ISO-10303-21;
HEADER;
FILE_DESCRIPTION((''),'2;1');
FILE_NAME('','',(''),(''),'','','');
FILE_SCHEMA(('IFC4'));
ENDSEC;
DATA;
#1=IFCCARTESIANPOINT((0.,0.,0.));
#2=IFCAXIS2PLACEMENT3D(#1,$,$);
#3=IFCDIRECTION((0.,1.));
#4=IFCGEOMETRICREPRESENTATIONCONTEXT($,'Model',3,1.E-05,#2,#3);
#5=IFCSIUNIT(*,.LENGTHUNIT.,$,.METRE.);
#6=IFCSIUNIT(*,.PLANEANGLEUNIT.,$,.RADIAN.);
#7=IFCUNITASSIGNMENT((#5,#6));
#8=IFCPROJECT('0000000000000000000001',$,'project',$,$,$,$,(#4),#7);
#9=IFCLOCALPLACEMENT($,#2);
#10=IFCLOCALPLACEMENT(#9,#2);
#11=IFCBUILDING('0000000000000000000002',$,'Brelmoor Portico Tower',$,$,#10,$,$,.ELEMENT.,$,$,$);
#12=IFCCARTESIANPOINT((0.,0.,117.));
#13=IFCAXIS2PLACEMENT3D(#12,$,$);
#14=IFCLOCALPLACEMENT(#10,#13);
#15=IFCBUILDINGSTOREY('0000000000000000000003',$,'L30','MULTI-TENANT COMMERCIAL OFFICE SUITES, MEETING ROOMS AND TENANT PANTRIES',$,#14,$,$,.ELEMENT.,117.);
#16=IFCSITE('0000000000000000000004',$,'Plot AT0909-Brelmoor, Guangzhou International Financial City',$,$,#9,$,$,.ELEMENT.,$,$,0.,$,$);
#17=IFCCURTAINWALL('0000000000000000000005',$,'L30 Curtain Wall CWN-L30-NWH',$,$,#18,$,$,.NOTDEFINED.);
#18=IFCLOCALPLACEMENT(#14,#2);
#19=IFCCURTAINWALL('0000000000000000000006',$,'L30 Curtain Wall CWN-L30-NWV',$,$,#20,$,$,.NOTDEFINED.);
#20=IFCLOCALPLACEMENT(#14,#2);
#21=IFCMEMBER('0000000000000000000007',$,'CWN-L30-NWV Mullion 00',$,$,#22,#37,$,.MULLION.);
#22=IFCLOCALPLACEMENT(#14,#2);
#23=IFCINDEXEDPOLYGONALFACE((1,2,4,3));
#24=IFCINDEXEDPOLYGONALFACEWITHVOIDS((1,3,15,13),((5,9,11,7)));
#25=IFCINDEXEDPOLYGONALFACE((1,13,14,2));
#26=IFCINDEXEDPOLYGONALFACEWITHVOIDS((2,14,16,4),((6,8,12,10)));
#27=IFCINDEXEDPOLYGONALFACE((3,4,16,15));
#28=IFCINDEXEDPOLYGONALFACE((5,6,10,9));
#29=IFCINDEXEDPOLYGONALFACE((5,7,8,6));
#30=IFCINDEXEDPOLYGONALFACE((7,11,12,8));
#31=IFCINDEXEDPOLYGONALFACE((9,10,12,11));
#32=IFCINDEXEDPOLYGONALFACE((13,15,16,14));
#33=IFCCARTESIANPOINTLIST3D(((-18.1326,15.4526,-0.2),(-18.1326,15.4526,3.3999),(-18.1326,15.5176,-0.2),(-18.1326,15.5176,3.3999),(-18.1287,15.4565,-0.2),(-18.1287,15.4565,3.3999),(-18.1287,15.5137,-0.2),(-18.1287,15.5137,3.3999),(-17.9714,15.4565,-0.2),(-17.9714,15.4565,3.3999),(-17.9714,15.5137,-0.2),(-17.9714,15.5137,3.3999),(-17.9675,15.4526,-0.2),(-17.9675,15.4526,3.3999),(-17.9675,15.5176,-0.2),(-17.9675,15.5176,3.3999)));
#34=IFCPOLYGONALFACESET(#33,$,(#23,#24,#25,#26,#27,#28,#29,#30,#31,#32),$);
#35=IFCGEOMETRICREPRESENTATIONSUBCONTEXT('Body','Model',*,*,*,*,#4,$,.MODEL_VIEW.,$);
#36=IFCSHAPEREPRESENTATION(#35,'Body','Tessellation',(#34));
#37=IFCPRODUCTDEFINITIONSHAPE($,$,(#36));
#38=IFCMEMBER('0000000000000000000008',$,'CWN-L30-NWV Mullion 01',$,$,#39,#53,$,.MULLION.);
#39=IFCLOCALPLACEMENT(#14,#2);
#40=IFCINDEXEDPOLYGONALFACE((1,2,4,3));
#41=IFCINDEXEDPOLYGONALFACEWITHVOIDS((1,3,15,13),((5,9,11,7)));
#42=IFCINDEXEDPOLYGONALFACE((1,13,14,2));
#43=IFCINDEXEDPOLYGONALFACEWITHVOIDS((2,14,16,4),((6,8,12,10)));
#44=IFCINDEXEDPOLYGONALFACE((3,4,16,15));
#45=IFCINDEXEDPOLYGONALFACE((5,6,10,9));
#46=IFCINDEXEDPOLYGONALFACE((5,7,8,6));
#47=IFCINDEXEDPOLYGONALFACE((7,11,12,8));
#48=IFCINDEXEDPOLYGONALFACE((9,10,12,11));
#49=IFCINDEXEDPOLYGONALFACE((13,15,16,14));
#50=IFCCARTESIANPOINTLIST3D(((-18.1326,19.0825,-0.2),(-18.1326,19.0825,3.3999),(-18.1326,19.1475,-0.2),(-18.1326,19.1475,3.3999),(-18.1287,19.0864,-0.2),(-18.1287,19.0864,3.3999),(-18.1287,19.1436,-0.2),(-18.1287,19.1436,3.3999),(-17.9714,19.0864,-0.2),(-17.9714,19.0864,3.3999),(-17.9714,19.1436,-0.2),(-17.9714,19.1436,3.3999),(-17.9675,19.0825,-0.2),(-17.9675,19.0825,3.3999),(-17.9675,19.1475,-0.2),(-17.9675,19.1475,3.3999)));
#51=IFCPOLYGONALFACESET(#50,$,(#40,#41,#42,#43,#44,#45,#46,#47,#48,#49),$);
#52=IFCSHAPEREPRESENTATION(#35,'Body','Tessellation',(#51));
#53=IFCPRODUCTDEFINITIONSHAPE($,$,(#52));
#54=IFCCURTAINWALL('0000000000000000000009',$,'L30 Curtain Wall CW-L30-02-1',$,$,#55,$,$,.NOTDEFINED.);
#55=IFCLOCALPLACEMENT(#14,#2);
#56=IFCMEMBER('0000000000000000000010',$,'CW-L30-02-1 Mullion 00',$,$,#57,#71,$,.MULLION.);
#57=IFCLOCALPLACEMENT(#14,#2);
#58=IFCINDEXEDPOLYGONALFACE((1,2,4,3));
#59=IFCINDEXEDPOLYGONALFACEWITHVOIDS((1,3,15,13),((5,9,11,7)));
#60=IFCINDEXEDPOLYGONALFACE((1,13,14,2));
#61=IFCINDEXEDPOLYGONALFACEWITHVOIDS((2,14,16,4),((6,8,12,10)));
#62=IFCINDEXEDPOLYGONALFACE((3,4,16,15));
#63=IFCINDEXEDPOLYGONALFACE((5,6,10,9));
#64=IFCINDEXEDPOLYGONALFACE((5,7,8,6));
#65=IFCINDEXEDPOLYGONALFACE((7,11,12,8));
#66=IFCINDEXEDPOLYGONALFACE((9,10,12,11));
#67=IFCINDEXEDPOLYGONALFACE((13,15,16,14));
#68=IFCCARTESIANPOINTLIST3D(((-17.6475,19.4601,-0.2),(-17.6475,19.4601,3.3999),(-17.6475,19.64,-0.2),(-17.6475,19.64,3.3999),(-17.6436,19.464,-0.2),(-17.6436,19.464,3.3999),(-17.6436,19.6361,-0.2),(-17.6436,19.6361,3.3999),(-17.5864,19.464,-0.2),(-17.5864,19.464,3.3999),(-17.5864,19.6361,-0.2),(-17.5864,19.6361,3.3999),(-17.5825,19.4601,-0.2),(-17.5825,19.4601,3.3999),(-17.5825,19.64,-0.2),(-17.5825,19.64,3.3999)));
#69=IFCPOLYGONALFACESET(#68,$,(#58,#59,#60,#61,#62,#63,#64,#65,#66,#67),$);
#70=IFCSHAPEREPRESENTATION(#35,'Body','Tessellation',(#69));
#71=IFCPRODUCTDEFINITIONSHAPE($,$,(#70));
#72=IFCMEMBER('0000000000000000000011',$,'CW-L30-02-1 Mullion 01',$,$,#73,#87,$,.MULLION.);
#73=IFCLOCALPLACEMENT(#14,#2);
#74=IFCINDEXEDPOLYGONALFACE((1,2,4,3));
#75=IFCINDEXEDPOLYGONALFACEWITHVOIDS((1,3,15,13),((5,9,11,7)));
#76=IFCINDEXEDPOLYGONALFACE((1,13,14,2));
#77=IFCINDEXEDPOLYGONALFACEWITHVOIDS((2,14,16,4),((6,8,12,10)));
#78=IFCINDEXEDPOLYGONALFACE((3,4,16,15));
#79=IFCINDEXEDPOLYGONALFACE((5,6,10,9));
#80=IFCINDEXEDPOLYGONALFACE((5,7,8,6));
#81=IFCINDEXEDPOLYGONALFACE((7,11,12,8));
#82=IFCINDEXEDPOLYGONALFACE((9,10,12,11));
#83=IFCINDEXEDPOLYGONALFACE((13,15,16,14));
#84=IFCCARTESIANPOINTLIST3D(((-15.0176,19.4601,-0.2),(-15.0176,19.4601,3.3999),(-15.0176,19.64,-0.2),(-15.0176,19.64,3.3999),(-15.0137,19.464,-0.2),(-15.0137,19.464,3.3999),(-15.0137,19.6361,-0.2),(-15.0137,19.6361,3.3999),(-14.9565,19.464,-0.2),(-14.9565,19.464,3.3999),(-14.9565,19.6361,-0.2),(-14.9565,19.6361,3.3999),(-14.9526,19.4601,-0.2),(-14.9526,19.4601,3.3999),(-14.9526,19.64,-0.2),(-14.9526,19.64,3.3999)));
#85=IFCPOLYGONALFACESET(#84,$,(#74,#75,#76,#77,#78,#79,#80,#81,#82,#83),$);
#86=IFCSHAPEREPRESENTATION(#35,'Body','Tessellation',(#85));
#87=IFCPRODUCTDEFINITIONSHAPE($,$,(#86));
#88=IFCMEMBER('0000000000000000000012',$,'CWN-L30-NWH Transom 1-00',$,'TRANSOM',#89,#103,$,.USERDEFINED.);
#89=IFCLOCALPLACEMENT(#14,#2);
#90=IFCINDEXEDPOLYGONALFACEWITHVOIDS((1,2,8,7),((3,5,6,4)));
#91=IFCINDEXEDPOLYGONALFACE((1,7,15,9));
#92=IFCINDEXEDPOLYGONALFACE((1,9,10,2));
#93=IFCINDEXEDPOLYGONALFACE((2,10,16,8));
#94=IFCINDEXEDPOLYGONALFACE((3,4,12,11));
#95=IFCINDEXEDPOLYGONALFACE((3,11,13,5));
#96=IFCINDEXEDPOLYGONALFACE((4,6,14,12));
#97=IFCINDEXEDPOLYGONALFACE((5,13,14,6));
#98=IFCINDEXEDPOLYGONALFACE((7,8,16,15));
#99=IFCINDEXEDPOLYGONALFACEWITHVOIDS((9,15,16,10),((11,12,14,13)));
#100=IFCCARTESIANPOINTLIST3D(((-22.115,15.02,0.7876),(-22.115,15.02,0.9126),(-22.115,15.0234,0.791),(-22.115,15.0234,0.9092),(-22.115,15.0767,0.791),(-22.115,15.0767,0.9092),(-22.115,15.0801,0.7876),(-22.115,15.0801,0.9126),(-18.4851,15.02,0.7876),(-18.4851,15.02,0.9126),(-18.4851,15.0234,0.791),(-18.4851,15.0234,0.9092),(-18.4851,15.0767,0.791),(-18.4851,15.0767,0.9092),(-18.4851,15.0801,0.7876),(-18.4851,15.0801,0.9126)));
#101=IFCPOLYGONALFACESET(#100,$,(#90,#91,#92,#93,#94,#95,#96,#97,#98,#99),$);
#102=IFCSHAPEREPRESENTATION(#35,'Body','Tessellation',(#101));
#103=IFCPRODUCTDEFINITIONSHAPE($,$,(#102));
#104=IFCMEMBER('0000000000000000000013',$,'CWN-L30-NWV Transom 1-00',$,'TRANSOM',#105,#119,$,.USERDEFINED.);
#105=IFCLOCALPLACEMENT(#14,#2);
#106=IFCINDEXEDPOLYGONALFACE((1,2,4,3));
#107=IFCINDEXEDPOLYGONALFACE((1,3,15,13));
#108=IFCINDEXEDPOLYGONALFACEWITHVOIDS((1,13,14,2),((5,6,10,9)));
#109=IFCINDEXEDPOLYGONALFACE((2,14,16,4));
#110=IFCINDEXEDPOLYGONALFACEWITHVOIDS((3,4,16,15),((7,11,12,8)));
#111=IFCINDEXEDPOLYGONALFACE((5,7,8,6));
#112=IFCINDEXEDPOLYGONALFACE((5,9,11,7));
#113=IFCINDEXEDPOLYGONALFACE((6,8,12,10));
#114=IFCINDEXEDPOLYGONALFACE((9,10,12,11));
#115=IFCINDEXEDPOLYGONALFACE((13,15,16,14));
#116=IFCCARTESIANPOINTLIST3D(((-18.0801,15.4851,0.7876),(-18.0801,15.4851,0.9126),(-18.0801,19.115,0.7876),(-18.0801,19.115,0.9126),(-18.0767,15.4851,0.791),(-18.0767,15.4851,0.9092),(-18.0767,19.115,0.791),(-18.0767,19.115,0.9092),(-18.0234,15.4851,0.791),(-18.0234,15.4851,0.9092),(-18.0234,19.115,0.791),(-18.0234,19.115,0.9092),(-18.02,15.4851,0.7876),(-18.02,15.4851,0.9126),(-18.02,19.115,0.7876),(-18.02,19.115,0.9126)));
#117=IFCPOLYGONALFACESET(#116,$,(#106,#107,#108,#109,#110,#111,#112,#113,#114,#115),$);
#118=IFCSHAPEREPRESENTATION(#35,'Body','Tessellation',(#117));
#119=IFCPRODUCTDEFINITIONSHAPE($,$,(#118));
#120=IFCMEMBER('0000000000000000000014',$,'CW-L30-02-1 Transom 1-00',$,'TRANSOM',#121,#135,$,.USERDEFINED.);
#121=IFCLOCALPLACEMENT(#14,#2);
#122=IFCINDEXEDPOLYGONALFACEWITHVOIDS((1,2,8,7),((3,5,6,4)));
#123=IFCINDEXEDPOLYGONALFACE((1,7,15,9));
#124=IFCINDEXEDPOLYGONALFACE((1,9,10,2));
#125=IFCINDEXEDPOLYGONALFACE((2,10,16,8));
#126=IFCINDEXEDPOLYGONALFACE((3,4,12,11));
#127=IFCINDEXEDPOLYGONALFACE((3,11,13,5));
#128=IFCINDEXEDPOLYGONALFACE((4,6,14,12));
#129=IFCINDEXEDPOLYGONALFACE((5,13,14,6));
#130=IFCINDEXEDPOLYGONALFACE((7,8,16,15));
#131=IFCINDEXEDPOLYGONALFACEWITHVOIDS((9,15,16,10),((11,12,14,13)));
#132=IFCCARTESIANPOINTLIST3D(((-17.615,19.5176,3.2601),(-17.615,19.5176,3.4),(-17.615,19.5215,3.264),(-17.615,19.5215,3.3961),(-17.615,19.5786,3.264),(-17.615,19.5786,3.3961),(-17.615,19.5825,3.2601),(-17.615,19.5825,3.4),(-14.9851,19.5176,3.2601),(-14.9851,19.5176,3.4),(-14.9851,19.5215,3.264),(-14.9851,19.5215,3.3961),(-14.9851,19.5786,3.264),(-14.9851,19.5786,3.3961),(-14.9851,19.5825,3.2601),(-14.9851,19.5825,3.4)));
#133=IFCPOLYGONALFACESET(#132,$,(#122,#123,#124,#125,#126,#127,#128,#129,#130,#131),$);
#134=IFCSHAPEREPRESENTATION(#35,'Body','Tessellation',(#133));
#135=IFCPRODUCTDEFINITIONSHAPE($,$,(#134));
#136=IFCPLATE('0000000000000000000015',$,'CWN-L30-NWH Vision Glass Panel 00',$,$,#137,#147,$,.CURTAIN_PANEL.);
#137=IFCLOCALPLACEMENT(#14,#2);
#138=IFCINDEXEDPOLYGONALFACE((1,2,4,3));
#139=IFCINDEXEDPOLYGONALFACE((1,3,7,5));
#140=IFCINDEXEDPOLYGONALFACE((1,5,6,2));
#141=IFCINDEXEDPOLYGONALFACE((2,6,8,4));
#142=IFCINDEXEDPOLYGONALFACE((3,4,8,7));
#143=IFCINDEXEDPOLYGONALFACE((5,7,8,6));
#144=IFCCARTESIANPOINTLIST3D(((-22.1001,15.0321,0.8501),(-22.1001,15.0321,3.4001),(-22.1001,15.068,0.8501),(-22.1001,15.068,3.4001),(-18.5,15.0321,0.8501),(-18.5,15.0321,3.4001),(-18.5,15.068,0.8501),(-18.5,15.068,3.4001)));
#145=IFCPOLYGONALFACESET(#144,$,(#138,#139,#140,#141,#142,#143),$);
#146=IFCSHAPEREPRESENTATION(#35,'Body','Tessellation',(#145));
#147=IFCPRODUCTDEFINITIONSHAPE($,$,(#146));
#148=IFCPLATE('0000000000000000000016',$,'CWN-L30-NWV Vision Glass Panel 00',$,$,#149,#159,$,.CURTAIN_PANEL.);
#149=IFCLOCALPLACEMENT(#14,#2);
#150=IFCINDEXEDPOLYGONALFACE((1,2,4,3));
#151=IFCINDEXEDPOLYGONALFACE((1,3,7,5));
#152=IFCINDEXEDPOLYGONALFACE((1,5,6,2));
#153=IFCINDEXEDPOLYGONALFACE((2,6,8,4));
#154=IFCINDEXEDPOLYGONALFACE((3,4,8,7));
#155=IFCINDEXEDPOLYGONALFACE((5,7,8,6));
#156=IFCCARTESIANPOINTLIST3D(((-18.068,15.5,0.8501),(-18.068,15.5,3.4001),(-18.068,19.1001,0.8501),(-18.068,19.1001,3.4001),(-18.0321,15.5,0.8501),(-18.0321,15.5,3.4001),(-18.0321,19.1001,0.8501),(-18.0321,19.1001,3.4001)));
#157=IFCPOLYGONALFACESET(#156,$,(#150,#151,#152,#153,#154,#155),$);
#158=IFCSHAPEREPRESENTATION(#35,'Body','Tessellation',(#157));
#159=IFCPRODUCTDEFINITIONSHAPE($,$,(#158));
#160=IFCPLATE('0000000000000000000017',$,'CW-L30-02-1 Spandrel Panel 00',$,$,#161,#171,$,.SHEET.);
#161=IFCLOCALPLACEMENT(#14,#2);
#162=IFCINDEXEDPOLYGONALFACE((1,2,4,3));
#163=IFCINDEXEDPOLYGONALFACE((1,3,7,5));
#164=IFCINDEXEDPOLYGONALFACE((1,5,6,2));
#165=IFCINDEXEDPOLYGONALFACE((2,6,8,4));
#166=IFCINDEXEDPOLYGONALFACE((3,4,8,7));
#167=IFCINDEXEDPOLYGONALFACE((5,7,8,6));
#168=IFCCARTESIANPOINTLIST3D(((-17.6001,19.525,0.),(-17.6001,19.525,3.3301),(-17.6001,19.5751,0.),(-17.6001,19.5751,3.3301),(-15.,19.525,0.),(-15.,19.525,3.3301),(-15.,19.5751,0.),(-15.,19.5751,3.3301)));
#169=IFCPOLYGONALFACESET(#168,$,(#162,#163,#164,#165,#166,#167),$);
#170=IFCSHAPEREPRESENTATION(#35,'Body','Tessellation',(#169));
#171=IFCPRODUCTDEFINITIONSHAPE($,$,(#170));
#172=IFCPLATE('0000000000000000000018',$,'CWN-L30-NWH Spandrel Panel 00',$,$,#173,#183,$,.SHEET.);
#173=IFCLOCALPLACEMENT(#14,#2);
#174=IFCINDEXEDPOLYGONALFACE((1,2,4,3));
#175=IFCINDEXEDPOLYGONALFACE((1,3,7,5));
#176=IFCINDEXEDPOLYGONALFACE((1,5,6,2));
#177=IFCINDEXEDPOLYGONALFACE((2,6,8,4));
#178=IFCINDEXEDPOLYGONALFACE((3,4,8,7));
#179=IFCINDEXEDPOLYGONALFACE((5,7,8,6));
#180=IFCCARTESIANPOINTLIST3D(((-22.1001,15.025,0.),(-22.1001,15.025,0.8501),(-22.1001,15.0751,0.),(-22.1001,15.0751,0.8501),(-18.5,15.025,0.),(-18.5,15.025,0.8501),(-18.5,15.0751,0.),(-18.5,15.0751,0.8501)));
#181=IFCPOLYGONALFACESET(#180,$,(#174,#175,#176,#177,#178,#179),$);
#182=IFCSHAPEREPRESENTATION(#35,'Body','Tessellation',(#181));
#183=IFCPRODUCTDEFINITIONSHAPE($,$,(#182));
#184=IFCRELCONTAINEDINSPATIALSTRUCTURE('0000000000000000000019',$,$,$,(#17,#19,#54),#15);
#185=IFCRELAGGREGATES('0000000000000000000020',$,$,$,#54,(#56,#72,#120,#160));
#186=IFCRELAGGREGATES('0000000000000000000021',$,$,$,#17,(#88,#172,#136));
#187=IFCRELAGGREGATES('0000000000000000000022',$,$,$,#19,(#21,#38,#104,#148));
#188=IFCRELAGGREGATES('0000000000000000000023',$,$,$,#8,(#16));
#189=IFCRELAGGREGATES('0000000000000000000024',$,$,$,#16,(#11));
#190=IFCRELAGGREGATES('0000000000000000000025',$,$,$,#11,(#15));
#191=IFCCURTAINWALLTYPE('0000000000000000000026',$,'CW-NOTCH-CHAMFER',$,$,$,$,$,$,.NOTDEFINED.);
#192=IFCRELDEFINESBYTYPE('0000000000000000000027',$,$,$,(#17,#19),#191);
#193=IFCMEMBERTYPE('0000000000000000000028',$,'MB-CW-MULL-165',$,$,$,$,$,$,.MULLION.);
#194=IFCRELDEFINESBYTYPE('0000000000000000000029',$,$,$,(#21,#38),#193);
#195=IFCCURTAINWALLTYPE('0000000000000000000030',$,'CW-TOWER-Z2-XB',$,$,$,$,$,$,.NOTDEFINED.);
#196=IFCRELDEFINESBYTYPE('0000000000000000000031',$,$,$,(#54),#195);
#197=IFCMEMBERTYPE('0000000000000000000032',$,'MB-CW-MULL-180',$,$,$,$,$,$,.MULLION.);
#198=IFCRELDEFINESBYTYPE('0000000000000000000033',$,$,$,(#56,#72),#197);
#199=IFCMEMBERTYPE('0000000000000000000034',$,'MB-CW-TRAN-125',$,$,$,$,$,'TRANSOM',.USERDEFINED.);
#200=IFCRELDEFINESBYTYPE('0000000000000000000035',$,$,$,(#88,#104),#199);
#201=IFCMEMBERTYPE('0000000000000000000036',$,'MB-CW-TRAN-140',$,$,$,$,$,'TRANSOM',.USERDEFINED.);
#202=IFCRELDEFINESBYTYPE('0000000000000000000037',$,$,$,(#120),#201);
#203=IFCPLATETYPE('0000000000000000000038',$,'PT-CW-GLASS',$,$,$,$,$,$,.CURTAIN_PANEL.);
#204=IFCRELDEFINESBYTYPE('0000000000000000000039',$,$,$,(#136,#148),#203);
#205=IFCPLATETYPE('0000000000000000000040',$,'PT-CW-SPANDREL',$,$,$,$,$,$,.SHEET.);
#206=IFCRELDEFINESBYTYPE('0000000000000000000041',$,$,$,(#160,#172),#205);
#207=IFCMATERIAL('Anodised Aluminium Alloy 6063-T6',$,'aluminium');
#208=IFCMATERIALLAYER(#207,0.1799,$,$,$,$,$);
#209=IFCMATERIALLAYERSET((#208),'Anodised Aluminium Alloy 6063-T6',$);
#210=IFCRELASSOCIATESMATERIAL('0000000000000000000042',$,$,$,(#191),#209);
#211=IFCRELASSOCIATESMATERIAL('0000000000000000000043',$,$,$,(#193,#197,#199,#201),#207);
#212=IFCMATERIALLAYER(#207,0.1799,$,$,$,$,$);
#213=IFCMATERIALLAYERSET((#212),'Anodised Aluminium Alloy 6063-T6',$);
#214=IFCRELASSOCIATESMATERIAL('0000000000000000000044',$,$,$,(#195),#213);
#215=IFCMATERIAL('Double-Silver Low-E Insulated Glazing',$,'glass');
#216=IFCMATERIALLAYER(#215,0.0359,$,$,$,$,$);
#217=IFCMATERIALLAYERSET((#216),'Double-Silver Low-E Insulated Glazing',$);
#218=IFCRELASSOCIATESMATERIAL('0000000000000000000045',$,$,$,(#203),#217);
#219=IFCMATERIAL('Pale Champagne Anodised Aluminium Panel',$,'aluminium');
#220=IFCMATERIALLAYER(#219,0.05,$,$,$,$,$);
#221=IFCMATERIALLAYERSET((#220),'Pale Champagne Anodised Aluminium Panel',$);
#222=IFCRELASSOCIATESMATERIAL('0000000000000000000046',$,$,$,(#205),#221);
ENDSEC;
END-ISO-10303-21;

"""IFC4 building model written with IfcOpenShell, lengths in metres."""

from ifc_helpers import new_model, si_unit, direction, frame, origin, origin_2d, place, context, subcontext, project, spatial, rectangle, hollow_rectangle, extrude, material, layer, layer_set, material_profile, profile_set, type_object, element, aggregate, save


model = new_model("IFC4")

# Units and contexts
model_context = context("Model", 3, precision=1e-05, world=origin(), true_north=direction((0.0, 1.0)))
body_context = subcontext(model_context, "Body", "Model", "MODEL_VIEW")
ifc_project = project(units=[si_unit("LENGTHUNIT", "METRE"), si_unit("PLANEANGLEUNIT", "RADIAN")], contexts=[model_context])

# Site, building, storey
site_placement = place(None, origin())
site = spatial("IfcSite", under=ifc_project, at=site_placement, Name="Plot AT0909-Brelmoor, Guangzhou International Financial City", CompositionType="ELEMENT", RefElevation=0.0)
building_placement = place(site_placement, origin())
building = spatial("IfcBuilding", under=site, at=building_placement, Name="Brelmoor Portico Tower", CompositionType="ELEMENT")
storey_placement = place(building_placement, frame((0.0, 0.0, 117.0)))
storey = spatial("IfcBuildingStorey", under=building, at=storey_placement, Name="L30", Description="MULTI-TENANT COMMERCIAL OFFICE SUITES, MEETING ROOMS AND TENANT PANTRIES", CompositionType="ELEMENT", Elevation=117.0)

# Curtain walls, members
ifc_material_1 = material(Name="Anodised Aluminium Alloy 6063-T6", Category="aluminium")
ifc_layer_1 = layer(ifc_material_1, 0.1799)
ifc_layer_set_1 = layer_set([ifc_layer_1], Name="Anodised Aluminium Alloy 6063-T6")
curtain_wall_type_1 = type_object("IfcCurtainWallType", Name="CW-NOTCH-CHAMFER", PredefinedType="NOTDEFINED", material=ifc_layer_set_1)
curtain_wall_1_placement = place(storey_placement, origin())
curtain_wall_1 = element("IfcCurtainWall", 1, at=curtain_wall_1_placement, inside=storey, type_object=curtain_wall_type_1, Name="L30 Curtain Wall CWN-L30-NWH", PredefinedType="NOTDEFINED")
ifc_material_profile_1 = material_profile(ifc_material_1, hollow_rectangle(XDim=0.0649, YDim=0.165, WallThickness=0.0039, at=origin_2d()), Name="ALU MULLION 65x165")
ifc_profile_set_1 = profile_set([ifc_material_profile_1], Name="Anodised Aluminium Alloy 6063-T6")
member_type_1 = type_object("IfcMemberType", Name="MB-CW-MULL-165", PredefinedType="MULLION", material=ifc_profile_set_1)
curtain_wall_2_placement = place(storey_placement, origin())
curtain_wall_2 = element("IfcCurtainWall", 2, at=curtain_wall_2_placement, inside=storey, type_object=curtain_wall_type_1, Name="L30 Curtain Wall CWN-L30-NWV", PredefinedType="NOTDEFINED")
member_1_placement = place(storey_placement, frame((-18.05, 15.4851, -0.2), z_axis=(0.0, 0.0, 1.0), x_axis=(0.0, 1.0, 0.0)))
member_1 = element("IfcMember", 3, at=member_1_placement, type_object=member_type_1, Name="CWN-L30-NWV Mullion 00", PredefinedType="MULLION", context=body_context, shape_type="SweptSolid", body=[
    extrude(hollow_rectangle(XDim=0.0649, YDim=0.165, WallThickness=0.0039, at=origin_2d()), origin(), (0.0, 0.0, 1.0), 3.5999),
])
member_2_placement = place(storey_placement, frame((-18.05, 19.115, -0.2), z_axis=(0.0, 0.0, 1.0), x_axis=(0.0, 1.0, 0.0)))
member_2 = element("IfcMember", 4, at=member_2_placement, type_object=member_type_1, Name="CWN-L30-NWV Mullion 01", PredefinedType="MULLION", context=body_context, shape_type="SweptSolid", body=[
    extrude(hollow_rectangle(XDim=0.0649, YDim=0.165, WallThickness=0.0039, at=origin_2d()), origin(), (0.0, 0.0, 1.0), 3.5999),
])
ifc_layer_2 = layer(ifc_material_1, 0.1799)
ifc_layer_set_2 = layer_set([ifc_layer_2], Name="Anodised Aluminium Alloy 6063-T6")
curtain_wall_type_2 = type_object("IfcCurtainWallType", Name="CW-TOWER-Z2-XB", PredefinedType="NOTDEFINED", material=ifc_layer_set_2)
curtain_wall_3_placement = place(storey_placement, origin())
curtain_wall_3 = element("IfcCurtainWall", 5, at=curtain_wall_3_placement, inside=storey, type_object=curtain_wall_type_2, Name="L30 Curtain Wall CW-L30-02-1", PredefinedType="NOTDEFINED")
ifc_material_profile_2 = material_profile(ifc_material_1, hollow_rectangle(XDim=0.0649, YDim=0.1799, WallThickness=0.0039, at=origin_2d()), Name="ALU MULLION 65x180")
ifc_profile_set_2 = profile_set([ifc_material_profile_2], Name="Anodised Aluminium Alloy 6063-T6")
member_type_2 = type_object("IfcMemberType", Name="MB-CW-MULL-180", PredefinedType="MULLION", material=ifc_profile_set_2)
member_3_placement = place(storey_placement, frame((-17.615, 19.55, -0.2), z_axis=(0.0, 0.0, 1.0), x_axis=(1.0, 0.0, 0.0)))
member_3 = element("IfcMember", 6, at=member_3_placement, type_object=member_type_2, Name="CW-L30-02-1 Mullion 00", PredefinedType="MULLION", context=body_context, shape_type="SweptSolid", body=[
    extrude(hollow_rectangle(XDim=0.0649, YDim=0.1799, WallThickness=0.0039, at=origin_2d()), origin(), (0.0, 0.0, 1.0), 3.5999),
])
member_4_placement = place(storey_placement, frame((-14.9851, 19.55, -0.2), z_axis=(0.0, 0.0, 1.0), x_axis=(1.0, 0.0, 0.0)))
member_4 = element("IfcMember", 7, at=member_4_placement, type_object=member_type_2, Name="CW-L30-02-1 Mullion 01", PredefinedType="MULLION", context=body_context, shape_type="SweptSolid", body=[
    extrude(hollow_rectangle(XDim=0.0649, YDim=0.1799, WallThickness=0.0039, at=origin_2d()), origin(), (0.0, 0.0, 1.0), 3.5999),
])

# Members
ifc_material_profile_3 = material_profile(ifc_material_1, hollow_rectangle(XDim=0.0601, YDim=0.125, WallThickness=0.0034, at=origin_2d()), Name="ALU TRANSOM 60x125")
ifc_profile_set_3 = profile_set([ifc_material_profile_3], Name="Anodised Aluminium Alloy 6063-T6")
member_type_3 = type_object("IfcMemberType", Name="MB-CW-TRAN-125", ElementType="TRANSOM", PredefinedType="USERDEFINED", material=ifc_profile_set_3)
member_5_placement = place(storey_placement, frame((-22.115, 15.05, 0.8501), z_axis=(1.0, 0.0, 0.0), x_axis=(0.0, 1.0, 0.0)))
member_5 = element("IfcMember", 8, at=member_5_placement, type_object=member_type_3, Name="CWN-L30-NWH Transom 1-00", ObjectType="TRANSOM", PredefinedType="USERDEFINED", context=body_context, shape_type="SweptSolid", body=[
    extrude(hollow_rectangle(XDim=0.0601, YDim=0.125, WallThickness=0.0034, at=origin_2d()), origin(), (0.0, 0.0, 1.0), 3.6299),
])
member_6_placement = place(storey_placement, frame((-18.05, 15.4851, 0.8501), z_axis=(0.0, 1.0, 0.0), x_axis=(-1.0, 0.0, 0.0)))
member_6 = element("IfcMember", 9, at=member_6_placement, type_object=member_type_3, Name="CWN-L30-NWV Transom 1-00", ObjectType="TRANSOM", PredefinedType="USERDEFINED", context=body_context, shape_type="SweptSolid", body=[
    extrude(hollow_rectangle(XDim=0.0601, YDim=0.125, WallThickness=0.0034, at=origin_2d()), origin(), (0.0, 0.0, 1.0), 3.6299),
])
ifc_material_profile_4 = material_profile(ifc_material_1, hollow_rectangle(XDim=0.0649, YDim=0.1399, WallThickness=0.0039, at=origin_2d()), Name="ALU TRANSOM 65x140")
ifc_profile_set_4 = profile_set([ifc_material_profile_4], Name="Anodised Aluminium Alloy 6063-T6")
member_type_4 = type_object("IfcMemberType", Name="MB-CW-TRAN-140", ElementType="TRANSOM", PredefinedType="USERDEFINED", material=ifc_profile_set_4)
member_7_placement = place(storey_placement, frame((-17.615, 19.55, 3.3301), z_axis=(1.0, 0.0, 0.0), x_axis=(0.0, 1.0, 0.0)))
member_7 = element("IfcMember", 10, at=member_7_placement, type_object=member_type_4, Name="CW-L30-02-1 Transom 1-00", ObjectType="TRANSOM", PredefinedType="USERDEFINED", context=body_context, shape_type="SweptSolid", body=[
    extrude(hollow_rectangle(XDim=0.0649, YDim=0.1399, WallThickness=0.0039, at=origin_2d()), origin(), (0.0, 0.0, 1.0), 2.6299),
])

# Plates
ifc_material_2 = material(Name="Double-Silver Low-E Insulated Glazing", Category="glass")
ifc_layer_3 = layer(ifc_material_2, 0.0359)
ifc_layer_set_3 = layer_set([ifc_layer_3], Name="Double-Silver Low-E Insulated Glazing")
plate_type_1 = type_object("IfcPlateType", Name="PT-CW-GLASS", PredefinedType="CURTAIN_PANEL", material=ifc_layer_set_3)
plate_1_placement = place(storey_placement, frame((-20.3, 15.05, 0.8501), z_axis=(0.0, 0.0, 1.0), x_axis=(1.0, 0.0, 0.0)))
plate_1 = element("IfcPlate", 11, at=plate_1_placement, type_object=plate_type_1, Name="CWN-L30-NWH Vision Glass Panel 00", PredefinedType="CURTAIN_PANEL", context=body_context, shape_type="SweptSolid", body=[
    extrude(rectangle(XDim=3.6001, YDim=0.0359, at=origin_2d()), origin(), (0.0, 0.0, 1.0), 2.55),
])
plate_2_placement = place(storey_placement, frame((-18.05, 17.3, 0.8501), z_axis=(0.0, 0.0, 1.0), x_axis=(0.0, 1.0, 0.0)))
plate_2 = element("IfcPlate", 12, at=plate_2_placement, type_object=plate_type_1, Name="CWN-L30-NWV Vision Glass Panel 00", PredefinedType="CURTAIN_PANEL", context=body_context, shape_type="SweptSolid", body=[
    extrude(rectangle(XDim=3.6001, YDim=0.0359, at=origin_2d()), origin(), (0.0, 0.0, 1.0), 2.55),
])
ifc_material_3 = material(Name="Pale Champagne Anodised Aluminium Panel", Category="aluminium")
ifc_layer_4 = layer(ifc_material_3, 0.05)
ifc_layer_set_4 = layer_set([ifc_layer_4], Name="Pale Champagne Anodised Aluminium Panel")
plate_type_2 = type_object("IfcPlateType", Name="PT-CW-SPANDREL", PredefinedType="SHEET", material=ifc_layer_set_4)
plate_3_placement = place(storey_placement, frame((-16.3, 19.55, 0.0), z_axis=(0.0, 0.0, 1.0), x_axis=(1.0, 0.0, 0.0)))
plate_3 = element("IfcPlate", 13, at=plate_3_placement, type_object=plate_type_2, Name="CW-L30-02-1 Spandrel Panel 00", PredefinedType="SHEET", context=body_context, shape_type="SweptSolid", body=[
    extrude(rectangle(XDim=2.6001, YDim=0.05, at=origin_2d()), origin(), (0.0, 0.0, 1.0), 3.3301),
])
aggregate(curtain_wall_3, [member_3, member_4, member_7, plate_3])
plate_4_placement = place(storey_placement, frame((-20.3, 15.05, 0.0), z_axis=(0.0, 0.0, 1.0), x_axis=(1.0, 0.0, 0.0)))
plate_4 = element("IfcPlate", 14, at=plate_4_placement, type_object=plate_type_2, Name="CWN-L30-NWH Spandrel Panel 00", PredefinedType="SHEET", context=body_context, shape_type="SweptSolid", body=[
    extrude(rectangle(XDim=3.6001, YDim=0.05, at=origin_2d()), origin(), (0.0, 0.0, 1.0), 0.8501),
])
aggregate(curtain_wall_1, [member_5, plate_4, plate_1])
aggregate(curtain_wall_2, [member_1, member_2, member_6, plate_2])

save(model, "model.ifc")
